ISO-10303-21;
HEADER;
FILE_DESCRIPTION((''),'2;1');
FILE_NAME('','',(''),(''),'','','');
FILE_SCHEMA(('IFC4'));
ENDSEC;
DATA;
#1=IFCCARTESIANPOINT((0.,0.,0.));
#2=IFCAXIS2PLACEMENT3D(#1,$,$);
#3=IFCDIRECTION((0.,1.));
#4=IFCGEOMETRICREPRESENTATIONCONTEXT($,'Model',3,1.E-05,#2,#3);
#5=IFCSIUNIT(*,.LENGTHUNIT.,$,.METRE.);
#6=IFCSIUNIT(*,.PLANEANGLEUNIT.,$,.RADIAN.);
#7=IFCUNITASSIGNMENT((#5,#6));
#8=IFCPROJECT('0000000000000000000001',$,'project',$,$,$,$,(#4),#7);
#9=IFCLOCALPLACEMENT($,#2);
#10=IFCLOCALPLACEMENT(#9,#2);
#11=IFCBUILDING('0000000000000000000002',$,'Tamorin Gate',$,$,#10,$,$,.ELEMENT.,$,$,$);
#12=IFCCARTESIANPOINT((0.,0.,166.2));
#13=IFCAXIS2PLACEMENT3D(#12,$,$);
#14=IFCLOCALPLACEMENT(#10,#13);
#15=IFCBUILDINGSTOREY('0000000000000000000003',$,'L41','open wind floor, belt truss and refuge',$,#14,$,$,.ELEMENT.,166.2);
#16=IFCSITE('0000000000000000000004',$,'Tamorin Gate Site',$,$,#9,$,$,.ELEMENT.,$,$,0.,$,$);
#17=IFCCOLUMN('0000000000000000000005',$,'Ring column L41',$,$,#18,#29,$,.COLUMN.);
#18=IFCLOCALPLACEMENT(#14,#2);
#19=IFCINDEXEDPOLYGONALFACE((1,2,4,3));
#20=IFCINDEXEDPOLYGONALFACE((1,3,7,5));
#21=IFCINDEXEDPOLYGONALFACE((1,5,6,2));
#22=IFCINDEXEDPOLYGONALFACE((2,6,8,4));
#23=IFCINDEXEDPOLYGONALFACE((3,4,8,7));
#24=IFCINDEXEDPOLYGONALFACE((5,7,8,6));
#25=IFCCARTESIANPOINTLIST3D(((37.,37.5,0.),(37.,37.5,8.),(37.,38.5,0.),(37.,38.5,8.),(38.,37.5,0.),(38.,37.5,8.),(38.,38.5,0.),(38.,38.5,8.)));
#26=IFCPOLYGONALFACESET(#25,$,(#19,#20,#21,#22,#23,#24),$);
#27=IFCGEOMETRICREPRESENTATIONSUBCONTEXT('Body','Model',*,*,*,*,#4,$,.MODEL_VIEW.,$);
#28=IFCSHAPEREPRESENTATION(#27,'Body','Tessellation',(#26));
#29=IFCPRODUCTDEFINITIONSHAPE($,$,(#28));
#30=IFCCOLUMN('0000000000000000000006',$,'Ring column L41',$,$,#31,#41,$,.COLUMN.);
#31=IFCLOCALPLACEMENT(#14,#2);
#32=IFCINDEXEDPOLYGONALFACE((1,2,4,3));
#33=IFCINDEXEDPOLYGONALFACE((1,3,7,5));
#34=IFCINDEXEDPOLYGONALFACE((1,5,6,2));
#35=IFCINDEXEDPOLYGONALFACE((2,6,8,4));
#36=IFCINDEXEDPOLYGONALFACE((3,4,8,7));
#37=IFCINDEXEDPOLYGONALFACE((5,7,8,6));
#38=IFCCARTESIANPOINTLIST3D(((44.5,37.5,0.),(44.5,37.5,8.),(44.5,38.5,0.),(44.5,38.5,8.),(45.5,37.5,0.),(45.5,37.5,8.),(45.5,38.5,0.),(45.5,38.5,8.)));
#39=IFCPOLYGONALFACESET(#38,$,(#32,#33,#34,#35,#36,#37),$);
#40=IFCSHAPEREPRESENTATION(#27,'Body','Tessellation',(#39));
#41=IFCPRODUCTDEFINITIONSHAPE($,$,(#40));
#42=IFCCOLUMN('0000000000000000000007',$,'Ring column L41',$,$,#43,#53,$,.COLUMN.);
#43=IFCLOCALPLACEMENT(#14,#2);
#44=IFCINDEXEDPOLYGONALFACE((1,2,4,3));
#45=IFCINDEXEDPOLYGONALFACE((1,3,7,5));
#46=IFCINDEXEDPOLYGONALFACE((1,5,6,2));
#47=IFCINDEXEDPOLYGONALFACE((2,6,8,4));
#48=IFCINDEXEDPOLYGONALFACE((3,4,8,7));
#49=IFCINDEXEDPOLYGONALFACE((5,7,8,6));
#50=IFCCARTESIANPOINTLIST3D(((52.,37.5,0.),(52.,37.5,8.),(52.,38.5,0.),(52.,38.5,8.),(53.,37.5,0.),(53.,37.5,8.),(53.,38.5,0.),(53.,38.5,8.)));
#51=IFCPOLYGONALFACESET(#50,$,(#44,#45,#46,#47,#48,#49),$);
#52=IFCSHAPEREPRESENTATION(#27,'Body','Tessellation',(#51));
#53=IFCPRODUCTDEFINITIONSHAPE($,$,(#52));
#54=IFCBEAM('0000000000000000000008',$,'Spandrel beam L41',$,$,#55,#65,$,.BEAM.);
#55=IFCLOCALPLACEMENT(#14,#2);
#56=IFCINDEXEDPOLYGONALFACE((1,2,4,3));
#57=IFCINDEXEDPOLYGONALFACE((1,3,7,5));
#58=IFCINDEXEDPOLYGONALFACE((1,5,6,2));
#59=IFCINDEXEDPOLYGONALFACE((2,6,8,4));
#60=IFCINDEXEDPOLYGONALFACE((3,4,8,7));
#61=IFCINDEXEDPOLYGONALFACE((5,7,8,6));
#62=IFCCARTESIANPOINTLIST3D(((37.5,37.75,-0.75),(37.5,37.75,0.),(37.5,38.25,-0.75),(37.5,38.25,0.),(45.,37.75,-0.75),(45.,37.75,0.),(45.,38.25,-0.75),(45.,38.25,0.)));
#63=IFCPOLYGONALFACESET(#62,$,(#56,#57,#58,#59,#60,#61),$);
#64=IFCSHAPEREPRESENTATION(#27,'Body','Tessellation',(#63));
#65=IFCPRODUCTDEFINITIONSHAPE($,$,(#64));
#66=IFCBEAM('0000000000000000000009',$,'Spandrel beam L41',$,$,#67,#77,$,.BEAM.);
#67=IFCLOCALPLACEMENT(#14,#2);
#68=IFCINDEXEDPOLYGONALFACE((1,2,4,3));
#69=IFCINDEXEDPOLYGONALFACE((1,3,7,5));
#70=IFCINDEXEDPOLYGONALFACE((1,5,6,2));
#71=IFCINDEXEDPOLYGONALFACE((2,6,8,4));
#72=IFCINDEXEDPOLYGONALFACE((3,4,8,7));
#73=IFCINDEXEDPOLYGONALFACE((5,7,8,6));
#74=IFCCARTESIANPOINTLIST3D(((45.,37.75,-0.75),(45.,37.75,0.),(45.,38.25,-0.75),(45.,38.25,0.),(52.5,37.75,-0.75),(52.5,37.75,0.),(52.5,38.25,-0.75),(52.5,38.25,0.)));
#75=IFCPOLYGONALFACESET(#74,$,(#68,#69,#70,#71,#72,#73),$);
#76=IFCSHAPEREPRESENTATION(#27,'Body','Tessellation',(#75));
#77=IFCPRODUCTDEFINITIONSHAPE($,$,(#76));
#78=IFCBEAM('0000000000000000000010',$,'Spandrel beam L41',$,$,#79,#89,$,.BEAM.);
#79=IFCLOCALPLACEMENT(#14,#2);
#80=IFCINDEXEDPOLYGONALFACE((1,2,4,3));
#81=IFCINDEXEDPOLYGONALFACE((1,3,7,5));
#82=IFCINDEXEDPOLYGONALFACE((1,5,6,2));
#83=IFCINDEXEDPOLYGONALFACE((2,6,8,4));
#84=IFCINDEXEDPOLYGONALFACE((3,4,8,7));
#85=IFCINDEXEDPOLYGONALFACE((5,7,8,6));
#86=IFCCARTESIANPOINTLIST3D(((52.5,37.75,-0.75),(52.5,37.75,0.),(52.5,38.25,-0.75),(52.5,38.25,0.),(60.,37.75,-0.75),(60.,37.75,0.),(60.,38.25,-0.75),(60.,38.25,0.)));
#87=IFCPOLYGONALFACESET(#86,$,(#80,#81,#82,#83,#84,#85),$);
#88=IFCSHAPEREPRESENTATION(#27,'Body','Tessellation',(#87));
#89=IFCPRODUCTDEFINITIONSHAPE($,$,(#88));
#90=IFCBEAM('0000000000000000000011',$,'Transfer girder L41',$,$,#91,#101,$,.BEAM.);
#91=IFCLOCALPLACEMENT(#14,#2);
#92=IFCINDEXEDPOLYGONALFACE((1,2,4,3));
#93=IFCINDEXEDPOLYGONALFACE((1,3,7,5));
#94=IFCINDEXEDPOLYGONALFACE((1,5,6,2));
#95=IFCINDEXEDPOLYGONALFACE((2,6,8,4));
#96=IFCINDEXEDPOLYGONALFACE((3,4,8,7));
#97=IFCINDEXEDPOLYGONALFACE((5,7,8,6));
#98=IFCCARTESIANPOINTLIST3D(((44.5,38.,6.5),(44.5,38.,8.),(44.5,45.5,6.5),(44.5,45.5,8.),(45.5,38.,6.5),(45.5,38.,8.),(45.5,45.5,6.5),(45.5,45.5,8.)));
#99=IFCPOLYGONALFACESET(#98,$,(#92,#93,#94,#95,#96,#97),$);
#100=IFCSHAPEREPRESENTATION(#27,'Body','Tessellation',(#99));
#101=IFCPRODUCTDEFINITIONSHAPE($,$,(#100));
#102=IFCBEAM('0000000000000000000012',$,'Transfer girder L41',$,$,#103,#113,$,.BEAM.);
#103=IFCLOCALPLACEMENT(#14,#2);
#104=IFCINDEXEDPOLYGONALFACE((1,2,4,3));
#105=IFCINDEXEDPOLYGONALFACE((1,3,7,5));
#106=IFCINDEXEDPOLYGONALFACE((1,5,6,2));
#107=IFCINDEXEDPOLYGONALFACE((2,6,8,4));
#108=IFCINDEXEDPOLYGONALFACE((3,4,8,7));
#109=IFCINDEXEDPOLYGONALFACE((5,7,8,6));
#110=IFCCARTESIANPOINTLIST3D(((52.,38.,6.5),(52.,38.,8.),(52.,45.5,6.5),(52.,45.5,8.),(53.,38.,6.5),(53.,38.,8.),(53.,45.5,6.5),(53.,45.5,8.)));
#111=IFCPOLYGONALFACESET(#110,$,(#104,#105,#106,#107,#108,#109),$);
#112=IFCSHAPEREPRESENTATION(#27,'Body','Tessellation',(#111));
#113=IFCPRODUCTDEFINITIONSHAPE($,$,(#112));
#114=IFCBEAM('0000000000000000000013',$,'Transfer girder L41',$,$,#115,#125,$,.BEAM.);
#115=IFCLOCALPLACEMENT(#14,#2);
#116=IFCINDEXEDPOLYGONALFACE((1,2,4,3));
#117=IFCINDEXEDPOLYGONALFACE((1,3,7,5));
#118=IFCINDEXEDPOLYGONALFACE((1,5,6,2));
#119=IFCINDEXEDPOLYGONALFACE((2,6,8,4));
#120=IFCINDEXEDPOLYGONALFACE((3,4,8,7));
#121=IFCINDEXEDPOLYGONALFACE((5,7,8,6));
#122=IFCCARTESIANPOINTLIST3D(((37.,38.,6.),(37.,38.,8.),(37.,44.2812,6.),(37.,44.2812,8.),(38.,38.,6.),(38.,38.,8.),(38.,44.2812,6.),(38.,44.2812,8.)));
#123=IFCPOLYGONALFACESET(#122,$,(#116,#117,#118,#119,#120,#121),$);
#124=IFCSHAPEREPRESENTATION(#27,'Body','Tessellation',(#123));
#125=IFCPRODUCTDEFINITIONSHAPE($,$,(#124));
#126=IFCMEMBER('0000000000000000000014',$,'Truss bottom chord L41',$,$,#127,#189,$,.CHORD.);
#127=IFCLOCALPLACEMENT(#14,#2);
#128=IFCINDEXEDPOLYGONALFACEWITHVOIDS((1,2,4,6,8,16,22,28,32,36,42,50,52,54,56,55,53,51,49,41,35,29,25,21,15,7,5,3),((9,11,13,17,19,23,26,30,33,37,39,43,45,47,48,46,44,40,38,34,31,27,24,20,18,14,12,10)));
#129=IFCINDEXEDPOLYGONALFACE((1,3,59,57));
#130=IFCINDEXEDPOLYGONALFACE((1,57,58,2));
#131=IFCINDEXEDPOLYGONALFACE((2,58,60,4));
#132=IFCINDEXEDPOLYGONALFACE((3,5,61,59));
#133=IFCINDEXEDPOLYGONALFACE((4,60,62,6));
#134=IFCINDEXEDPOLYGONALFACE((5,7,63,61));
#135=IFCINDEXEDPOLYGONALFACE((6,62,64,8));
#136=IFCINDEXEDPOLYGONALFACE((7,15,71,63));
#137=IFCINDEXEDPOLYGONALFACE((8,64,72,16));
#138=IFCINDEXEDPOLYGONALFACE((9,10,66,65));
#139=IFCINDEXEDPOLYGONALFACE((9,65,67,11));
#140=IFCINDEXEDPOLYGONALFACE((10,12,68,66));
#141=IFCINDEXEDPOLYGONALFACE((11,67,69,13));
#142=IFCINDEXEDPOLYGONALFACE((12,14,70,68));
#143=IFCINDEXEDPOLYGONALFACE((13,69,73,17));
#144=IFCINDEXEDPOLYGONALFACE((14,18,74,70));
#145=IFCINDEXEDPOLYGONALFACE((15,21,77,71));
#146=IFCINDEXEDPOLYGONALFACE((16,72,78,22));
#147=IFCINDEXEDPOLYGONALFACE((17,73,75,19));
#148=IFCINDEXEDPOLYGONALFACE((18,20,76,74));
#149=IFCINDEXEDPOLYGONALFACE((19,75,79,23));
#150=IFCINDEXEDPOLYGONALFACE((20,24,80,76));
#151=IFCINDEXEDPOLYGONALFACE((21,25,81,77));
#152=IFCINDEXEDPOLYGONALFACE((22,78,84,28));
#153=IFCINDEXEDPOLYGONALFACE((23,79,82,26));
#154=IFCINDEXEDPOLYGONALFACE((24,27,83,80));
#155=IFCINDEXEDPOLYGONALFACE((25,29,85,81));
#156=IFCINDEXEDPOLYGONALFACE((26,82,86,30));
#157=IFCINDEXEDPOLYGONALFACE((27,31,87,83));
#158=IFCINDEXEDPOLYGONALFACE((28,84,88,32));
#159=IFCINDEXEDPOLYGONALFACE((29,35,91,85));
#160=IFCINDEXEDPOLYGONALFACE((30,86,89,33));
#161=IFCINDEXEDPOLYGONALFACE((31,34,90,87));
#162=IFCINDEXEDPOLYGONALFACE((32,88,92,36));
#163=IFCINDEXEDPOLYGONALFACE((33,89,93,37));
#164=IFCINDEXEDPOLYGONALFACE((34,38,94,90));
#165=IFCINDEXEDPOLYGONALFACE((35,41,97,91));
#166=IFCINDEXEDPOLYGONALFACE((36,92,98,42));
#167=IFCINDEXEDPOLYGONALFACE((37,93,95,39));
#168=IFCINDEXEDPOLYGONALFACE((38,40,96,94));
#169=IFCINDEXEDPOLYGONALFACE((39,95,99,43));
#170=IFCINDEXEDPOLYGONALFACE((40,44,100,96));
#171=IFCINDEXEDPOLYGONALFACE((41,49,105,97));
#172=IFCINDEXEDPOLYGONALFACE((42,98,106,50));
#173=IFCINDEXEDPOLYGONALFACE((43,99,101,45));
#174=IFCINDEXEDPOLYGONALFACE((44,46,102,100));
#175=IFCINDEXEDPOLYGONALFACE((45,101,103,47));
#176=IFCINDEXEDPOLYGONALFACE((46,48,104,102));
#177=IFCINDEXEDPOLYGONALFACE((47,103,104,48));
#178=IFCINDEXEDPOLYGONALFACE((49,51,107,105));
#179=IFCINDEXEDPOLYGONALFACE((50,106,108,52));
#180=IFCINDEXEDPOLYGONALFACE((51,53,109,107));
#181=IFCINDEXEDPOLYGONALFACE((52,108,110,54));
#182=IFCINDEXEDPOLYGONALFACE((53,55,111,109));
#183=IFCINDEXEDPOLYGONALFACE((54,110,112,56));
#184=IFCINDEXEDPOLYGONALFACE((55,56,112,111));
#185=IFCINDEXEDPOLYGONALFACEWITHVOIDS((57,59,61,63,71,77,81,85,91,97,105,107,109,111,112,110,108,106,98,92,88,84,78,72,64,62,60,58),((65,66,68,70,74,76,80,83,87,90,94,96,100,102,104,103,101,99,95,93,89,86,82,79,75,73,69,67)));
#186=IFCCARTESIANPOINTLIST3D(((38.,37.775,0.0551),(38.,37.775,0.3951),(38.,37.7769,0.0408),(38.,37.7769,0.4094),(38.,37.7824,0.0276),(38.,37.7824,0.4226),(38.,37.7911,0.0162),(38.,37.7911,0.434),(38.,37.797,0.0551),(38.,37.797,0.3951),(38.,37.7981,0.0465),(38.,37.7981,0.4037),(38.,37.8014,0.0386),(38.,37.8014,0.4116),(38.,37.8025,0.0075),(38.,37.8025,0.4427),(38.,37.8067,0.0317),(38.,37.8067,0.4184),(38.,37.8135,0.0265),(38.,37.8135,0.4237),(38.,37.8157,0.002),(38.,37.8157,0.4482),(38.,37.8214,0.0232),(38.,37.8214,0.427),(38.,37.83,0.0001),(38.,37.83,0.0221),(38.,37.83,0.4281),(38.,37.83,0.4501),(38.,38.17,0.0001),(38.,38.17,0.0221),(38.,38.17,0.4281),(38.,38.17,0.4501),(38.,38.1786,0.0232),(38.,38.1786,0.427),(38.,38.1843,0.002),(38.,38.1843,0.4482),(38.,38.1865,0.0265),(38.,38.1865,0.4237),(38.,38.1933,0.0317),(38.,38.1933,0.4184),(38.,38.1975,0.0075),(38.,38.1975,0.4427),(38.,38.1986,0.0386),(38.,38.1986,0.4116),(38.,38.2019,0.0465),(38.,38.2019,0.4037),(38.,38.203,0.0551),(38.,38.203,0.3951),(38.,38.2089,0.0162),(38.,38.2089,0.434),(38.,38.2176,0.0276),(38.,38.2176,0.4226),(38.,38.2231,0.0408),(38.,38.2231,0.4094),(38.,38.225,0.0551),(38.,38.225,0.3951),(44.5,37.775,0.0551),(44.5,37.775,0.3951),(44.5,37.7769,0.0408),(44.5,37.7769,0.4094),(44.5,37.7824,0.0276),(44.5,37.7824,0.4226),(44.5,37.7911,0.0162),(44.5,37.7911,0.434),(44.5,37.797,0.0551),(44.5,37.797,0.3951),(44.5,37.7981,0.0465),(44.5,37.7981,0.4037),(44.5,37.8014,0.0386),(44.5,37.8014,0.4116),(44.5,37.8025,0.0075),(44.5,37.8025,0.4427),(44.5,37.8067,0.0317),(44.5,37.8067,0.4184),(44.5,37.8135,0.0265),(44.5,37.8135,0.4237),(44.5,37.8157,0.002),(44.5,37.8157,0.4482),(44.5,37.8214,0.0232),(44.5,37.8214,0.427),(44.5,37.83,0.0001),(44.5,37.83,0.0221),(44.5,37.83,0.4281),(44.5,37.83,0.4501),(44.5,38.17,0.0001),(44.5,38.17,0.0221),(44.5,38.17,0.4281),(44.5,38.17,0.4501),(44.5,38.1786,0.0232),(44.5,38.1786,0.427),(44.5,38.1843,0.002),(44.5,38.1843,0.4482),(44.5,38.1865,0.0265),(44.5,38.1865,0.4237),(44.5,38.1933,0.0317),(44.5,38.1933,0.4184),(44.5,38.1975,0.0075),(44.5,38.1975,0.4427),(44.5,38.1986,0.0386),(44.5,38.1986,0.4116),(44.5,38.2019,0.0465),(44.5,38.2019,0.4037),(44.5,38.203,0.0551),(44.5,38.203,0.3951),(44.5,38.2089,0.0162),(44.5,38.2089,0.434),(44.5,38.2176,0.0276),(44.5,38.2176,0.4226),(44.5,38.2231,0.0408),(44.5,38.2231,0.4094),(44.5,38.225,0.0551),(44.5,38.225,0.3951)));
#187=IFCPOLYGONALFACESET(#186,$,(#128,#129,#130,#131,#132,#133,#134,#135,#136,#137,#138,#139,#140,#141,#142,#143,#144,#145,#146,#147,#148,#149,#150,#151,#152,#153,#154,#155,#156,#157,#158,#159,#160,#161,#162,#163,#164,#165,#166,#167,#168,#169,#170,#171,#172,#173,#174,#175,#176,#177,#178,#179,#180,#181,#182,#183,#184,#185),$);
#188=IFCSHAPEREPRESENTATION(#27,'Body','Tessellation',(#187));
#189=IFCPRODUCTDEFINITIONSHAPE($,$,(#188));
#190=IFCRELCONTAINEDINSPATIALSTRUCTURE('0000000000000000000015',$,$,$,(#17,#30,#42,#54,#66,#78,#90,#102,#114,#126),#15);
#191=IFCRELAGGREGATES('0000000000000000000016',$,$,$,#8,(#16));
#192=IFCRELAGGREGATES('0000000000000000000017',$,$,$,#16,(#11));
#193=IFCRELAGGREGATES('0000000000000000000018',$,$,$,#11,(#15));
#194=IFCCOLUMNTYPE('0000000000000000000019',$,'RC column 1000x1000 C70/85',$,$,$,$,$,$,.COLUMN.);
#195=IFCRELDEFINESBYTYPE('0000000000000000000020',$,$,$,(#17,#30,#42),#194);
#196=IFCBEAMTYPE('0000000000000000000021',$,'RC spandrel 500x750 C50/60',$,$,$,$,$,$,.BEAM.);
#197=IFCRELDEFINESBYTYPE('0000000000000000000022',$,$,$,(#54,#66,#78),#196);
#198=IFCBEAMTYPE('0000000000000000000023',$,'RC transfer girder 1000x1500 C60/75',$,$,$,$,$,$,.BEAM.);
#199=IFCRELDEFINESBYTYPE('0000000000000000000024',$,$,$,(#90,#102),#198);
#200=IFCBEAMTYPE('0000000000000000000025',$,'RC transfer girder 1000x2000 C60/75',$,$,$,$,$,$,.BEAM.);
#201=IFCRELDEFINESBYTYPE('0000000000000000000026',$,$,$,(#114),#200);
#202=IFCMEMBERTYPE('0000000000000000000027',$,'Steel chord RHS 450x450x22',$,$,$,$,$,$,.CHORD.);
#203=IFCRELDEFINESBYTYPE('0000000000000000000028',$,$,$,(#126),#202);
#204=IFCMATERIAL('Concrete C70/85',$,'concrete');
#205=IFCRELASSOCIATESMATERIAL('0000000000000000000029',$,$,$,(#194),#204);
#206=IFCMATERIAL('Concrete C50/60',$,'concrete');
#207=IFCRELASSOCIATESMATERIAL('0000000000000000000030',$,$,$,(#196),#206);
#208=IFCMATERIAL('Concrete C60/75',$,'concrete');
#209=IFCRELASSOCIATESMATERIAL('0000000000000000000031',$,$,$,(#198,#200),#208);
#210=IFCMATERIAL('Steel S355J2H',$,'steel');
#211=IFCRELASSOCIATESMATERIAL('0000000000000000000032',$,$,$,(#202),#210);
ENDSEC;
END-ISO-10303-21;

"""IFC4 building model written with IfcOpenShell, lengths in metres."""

from ifc_helpers import new_model, si_unit, direction, frame, origin, origin_2d, place, context, subcontext, project, spatial, rectangle, hollow_rectangle, extrude, material, material_profile, profile_set, type_object, element, save


model = new_model("IFC4")

# Units and contexts
model_context = context("Model", 3, precision=1e-05, world=origin(), true_north=direction((0.0, 1.0)))
body_context = subcontext(model_context, "Body", "Model", "MODEL_VIEW")
ifc_project = project(units=[si_unit("LENGTHUNIT", "METRE"), si_unit("PLANEANGLEUNIT", "RADIAN")], contexts=[model_context])

# Site, building, storey
site_placement = place(None, origin())
site = spatial("IfcSite", under=ifc_project, at=site_placement, Name="Tamorin Gate Site", CompositionType="ELEMENT", RefElevation=0.0)
building_placement = place(site_placement, origin())
building = spatial("IfcBuilding", under=site, at=building_placement, Name="Tamorin Gate", CompositionType="ELEMENT")
storey_placement = place(building_placement, frame((0.0, 0.0, 166.2)))
storey = spatial("IfcBuildingStorey", under=building, at=storey_placement, Name="L41", Description="open wind floor, belt truss and refuge", CompositionType="ELEMENT", Elevation=166.2)

# Columns
ifc_material_1 = material(Name="Concrete C70/85", Category="concrete")
ifc_material_profile_1 = material_profile(ifc_material_1, rectangle(XDim=1.0, YDim=1.0, at=origin_2d()), Name="RC 1000x1000")
ifc_profile_set_1 = profile_set([ifc_material_profile_1], Name="Concrete C70/85")
column_type = type_object("IfcColumnType", Name="RC column 1000x1000 C70/85", PredefinedType="COLUMN", material=ifc_profile_set_1)
for number, where, z_axis, x_axis, name in (
    (1, (37.5, 38.0, 0.0), (0.0, 0.0, 1.0), (1.0, 0.0, 0.0), "Ring column L41"),
    (2, (45.0, 38.0, 0.0), (0.0, 0.0, 1.0), (1.0, 0.0, 0.0), "Ring column L41"),
    (3, (52.5, 38.0, 0.0), (0.0, 0.0, 1.0), (1.0, 0.0, 0.0), "Ring column L41"),
):
    element("IfcColumn", number, at=place(storey_placement, frame(where, z_axis=z_axis, x_axis=x_axis)), inside=storey, type_object=column_type, Name=name, PredefinedType="COLUMN", context=body_context, shape_type="SweptSolid", body=[
        extrude(rectangle(XDim=1.0, YDim=1.0, at=origin_2d()), origin(), (0.0, 0.0, 1.0), 8.0),
    ])

# Beams
ifc_material_2 = material(Name="Concrete C50/60", Category="concrete")
ifc_material_profile_2 = material_profile(ifc_material_2, rectangle(XDim=0.5, YDim=0.75, at=origin_2d()), Name="RC 500x750")
ifc_profile_set_2 = profile_set([ifc_material_profile_2], Name="Concrete C50/60")
beam_type_1 = type_object("IfcBeamType", Name="RC spandrel 500x750 C50/60", PredefinedType="BEAM", material=ifc_profile_set_2)
for number, where, z_axis, x_axis, name in (
    (4, (37.5, 38.0, -0.375), (1.0, 0.0, 0.0), (0.0, 1.0, 0.0), "Spandrel beam L41"),
    (5, (45.0, 38.0, -0.375), (1.0, 0.0, 0.0), (0.0, 1.0, 0.0), "Spandrel beam L41"),
    (6, (52.5, 38.0, -0.375), (1.0, 0.0, 0.0), (0.0, 1.0, 0.0), "Spandrel beam L41"),
):
    element("IfcBeam", number, at=place(storey_placement, frame(where, z_axis=z_axis, x_axis=x_axis)), inside=storey, type_object=beam_type_1, Name=name, PredefinedType="BEAM", context=body_context, shape_type="SweptSolid", body=[
        extrude(rectangle(XDim=0.5, YDim=0.75, at=origin_2d()), origin(), (0.0, 0.0, 1.0), 7.5),
    ])
ifc_material_3 = material(Name="Concrete C60/75", Category="concrete")
ifc_material_profile_3 = material_profile(ifc_material_3, rectangle(XDim=1.0, YDim=1.5, at=origin_2d()), Name="RC 1000x1500")
ifc_profile_set_3 = profile_set([ifc_material_profile_3], Name="Concrete C60/75")
beam_type_2 = type_object("IfcBeamType", Name="RC transfer girder 1000x1500 C60/75", PredefinedType="BEAM", material=ifc_profile_set_3)
for number, where, z_axis, x_axis, name in (
    (7, (45.0, 38.0, 7.25), (0.0, 1.0, 0.0), (-1.0, 0.0, 0.0), "Transfer girder L41"),
    (8, (52.5, 38.0, 7.25), (0.0, 1.0, 0.0), (-1.0, 0.0, 0.0), "Transfer girder L41"),
):
    element("IfcBeam", number, at=place(storey_placement, frame(where, z_axis=z_axis, x_axis=x_axis)), inside=storey, type_object=beam_type_2, Name=name, PredefinedType="BEAM", context=body_context, shape_type="SweptSolid", body=[
        extrude(rectangle(XDim=1.0, YDim=1.5, at=origin_2d()), origin(), (0.0, 0.0, 1.0), 7.5),
    ])
ifc_material_profile_4 = material_profile(ifc_material_3, rectangle(XDim=1.0, YDim=2.0, at=origin_2d()), Name="RC 1000x2000")
ifc_profile_set_4 = profile_set([ifc_material_profile_4], Name="Concrete C60/75")
beam_type_3 = type_object("IfcBeamType", Name="RC transfer girder 1000x2000 C60/75", PredefinedType="BEAM", material=ifc_profile_set_4)
beam_placement = place(storey_placement, frame((37.5, 38.0, 7.0), z_axis=(0.0, 1.0, 0.0), x_axis=(-1.0, 0.0, 0.0)))
element("IfcBeam", 9, at=beam_placement, inside=storey, type_object=beam_type_3, Name="Transfer girder L41", PredefinedType="BEAM", context=body_context, shape_type="SweptSolid", body=[
    extrude(rectangle(XDim=1.0, YDim=2.0, at=origin_2d()), origin(), (0.0, 0.0, 1.0), 6.2812),
])

# Member
ifc_material_4 = material(Name="Steel S355J2H", Category="steel")
ifc_material_profile_5 = material_profile(ifc_material_4, hollow_rectangle(XDim=0.45, YDim=0.45, WallThickness=0.022, InnerFilletRadius=0.033, OuterFilletRadius=0.0549, at=origin_2d()), Name="RHS 450x450x22")
ifc_profile_set_5 = profile_set([ifc_material_profile_5], Name="Steel S355J2H")
member_type_1 = type_object("IfcMemberType", Name="Steel chord RHS 450x450x22", PredefinedType="CHORD", material=ifc_profile_set_5)
for number, where, z_axis, x_axis, name in (
    (10, (38.0, 38.0, 0.2251), (1.0, 0.0, 0.0), (0.0, 1.0, 0.0), "Truss bottom chord L41"),
):
    element("IfcMember", number, at=place(storey_placement, frame(where, z_axis=z_axis, x_axis=x_axis)), inside=storey, type_object=member_type_1, Name=name, PredefinedType="CHORD", context=body_context, shape_type="SweptSolid", body=[
        extrude(hollow_rectangle(XDim=0.45, YDim=0.45, WallThickness=0.022, InnerFilletRadius=0.033, OuterFilletRadius=0.0549, at=origin_2d()), origin(), (0.0, 0.0, 1.0), 6.5),
    ])

save(model, "model.ifc")
